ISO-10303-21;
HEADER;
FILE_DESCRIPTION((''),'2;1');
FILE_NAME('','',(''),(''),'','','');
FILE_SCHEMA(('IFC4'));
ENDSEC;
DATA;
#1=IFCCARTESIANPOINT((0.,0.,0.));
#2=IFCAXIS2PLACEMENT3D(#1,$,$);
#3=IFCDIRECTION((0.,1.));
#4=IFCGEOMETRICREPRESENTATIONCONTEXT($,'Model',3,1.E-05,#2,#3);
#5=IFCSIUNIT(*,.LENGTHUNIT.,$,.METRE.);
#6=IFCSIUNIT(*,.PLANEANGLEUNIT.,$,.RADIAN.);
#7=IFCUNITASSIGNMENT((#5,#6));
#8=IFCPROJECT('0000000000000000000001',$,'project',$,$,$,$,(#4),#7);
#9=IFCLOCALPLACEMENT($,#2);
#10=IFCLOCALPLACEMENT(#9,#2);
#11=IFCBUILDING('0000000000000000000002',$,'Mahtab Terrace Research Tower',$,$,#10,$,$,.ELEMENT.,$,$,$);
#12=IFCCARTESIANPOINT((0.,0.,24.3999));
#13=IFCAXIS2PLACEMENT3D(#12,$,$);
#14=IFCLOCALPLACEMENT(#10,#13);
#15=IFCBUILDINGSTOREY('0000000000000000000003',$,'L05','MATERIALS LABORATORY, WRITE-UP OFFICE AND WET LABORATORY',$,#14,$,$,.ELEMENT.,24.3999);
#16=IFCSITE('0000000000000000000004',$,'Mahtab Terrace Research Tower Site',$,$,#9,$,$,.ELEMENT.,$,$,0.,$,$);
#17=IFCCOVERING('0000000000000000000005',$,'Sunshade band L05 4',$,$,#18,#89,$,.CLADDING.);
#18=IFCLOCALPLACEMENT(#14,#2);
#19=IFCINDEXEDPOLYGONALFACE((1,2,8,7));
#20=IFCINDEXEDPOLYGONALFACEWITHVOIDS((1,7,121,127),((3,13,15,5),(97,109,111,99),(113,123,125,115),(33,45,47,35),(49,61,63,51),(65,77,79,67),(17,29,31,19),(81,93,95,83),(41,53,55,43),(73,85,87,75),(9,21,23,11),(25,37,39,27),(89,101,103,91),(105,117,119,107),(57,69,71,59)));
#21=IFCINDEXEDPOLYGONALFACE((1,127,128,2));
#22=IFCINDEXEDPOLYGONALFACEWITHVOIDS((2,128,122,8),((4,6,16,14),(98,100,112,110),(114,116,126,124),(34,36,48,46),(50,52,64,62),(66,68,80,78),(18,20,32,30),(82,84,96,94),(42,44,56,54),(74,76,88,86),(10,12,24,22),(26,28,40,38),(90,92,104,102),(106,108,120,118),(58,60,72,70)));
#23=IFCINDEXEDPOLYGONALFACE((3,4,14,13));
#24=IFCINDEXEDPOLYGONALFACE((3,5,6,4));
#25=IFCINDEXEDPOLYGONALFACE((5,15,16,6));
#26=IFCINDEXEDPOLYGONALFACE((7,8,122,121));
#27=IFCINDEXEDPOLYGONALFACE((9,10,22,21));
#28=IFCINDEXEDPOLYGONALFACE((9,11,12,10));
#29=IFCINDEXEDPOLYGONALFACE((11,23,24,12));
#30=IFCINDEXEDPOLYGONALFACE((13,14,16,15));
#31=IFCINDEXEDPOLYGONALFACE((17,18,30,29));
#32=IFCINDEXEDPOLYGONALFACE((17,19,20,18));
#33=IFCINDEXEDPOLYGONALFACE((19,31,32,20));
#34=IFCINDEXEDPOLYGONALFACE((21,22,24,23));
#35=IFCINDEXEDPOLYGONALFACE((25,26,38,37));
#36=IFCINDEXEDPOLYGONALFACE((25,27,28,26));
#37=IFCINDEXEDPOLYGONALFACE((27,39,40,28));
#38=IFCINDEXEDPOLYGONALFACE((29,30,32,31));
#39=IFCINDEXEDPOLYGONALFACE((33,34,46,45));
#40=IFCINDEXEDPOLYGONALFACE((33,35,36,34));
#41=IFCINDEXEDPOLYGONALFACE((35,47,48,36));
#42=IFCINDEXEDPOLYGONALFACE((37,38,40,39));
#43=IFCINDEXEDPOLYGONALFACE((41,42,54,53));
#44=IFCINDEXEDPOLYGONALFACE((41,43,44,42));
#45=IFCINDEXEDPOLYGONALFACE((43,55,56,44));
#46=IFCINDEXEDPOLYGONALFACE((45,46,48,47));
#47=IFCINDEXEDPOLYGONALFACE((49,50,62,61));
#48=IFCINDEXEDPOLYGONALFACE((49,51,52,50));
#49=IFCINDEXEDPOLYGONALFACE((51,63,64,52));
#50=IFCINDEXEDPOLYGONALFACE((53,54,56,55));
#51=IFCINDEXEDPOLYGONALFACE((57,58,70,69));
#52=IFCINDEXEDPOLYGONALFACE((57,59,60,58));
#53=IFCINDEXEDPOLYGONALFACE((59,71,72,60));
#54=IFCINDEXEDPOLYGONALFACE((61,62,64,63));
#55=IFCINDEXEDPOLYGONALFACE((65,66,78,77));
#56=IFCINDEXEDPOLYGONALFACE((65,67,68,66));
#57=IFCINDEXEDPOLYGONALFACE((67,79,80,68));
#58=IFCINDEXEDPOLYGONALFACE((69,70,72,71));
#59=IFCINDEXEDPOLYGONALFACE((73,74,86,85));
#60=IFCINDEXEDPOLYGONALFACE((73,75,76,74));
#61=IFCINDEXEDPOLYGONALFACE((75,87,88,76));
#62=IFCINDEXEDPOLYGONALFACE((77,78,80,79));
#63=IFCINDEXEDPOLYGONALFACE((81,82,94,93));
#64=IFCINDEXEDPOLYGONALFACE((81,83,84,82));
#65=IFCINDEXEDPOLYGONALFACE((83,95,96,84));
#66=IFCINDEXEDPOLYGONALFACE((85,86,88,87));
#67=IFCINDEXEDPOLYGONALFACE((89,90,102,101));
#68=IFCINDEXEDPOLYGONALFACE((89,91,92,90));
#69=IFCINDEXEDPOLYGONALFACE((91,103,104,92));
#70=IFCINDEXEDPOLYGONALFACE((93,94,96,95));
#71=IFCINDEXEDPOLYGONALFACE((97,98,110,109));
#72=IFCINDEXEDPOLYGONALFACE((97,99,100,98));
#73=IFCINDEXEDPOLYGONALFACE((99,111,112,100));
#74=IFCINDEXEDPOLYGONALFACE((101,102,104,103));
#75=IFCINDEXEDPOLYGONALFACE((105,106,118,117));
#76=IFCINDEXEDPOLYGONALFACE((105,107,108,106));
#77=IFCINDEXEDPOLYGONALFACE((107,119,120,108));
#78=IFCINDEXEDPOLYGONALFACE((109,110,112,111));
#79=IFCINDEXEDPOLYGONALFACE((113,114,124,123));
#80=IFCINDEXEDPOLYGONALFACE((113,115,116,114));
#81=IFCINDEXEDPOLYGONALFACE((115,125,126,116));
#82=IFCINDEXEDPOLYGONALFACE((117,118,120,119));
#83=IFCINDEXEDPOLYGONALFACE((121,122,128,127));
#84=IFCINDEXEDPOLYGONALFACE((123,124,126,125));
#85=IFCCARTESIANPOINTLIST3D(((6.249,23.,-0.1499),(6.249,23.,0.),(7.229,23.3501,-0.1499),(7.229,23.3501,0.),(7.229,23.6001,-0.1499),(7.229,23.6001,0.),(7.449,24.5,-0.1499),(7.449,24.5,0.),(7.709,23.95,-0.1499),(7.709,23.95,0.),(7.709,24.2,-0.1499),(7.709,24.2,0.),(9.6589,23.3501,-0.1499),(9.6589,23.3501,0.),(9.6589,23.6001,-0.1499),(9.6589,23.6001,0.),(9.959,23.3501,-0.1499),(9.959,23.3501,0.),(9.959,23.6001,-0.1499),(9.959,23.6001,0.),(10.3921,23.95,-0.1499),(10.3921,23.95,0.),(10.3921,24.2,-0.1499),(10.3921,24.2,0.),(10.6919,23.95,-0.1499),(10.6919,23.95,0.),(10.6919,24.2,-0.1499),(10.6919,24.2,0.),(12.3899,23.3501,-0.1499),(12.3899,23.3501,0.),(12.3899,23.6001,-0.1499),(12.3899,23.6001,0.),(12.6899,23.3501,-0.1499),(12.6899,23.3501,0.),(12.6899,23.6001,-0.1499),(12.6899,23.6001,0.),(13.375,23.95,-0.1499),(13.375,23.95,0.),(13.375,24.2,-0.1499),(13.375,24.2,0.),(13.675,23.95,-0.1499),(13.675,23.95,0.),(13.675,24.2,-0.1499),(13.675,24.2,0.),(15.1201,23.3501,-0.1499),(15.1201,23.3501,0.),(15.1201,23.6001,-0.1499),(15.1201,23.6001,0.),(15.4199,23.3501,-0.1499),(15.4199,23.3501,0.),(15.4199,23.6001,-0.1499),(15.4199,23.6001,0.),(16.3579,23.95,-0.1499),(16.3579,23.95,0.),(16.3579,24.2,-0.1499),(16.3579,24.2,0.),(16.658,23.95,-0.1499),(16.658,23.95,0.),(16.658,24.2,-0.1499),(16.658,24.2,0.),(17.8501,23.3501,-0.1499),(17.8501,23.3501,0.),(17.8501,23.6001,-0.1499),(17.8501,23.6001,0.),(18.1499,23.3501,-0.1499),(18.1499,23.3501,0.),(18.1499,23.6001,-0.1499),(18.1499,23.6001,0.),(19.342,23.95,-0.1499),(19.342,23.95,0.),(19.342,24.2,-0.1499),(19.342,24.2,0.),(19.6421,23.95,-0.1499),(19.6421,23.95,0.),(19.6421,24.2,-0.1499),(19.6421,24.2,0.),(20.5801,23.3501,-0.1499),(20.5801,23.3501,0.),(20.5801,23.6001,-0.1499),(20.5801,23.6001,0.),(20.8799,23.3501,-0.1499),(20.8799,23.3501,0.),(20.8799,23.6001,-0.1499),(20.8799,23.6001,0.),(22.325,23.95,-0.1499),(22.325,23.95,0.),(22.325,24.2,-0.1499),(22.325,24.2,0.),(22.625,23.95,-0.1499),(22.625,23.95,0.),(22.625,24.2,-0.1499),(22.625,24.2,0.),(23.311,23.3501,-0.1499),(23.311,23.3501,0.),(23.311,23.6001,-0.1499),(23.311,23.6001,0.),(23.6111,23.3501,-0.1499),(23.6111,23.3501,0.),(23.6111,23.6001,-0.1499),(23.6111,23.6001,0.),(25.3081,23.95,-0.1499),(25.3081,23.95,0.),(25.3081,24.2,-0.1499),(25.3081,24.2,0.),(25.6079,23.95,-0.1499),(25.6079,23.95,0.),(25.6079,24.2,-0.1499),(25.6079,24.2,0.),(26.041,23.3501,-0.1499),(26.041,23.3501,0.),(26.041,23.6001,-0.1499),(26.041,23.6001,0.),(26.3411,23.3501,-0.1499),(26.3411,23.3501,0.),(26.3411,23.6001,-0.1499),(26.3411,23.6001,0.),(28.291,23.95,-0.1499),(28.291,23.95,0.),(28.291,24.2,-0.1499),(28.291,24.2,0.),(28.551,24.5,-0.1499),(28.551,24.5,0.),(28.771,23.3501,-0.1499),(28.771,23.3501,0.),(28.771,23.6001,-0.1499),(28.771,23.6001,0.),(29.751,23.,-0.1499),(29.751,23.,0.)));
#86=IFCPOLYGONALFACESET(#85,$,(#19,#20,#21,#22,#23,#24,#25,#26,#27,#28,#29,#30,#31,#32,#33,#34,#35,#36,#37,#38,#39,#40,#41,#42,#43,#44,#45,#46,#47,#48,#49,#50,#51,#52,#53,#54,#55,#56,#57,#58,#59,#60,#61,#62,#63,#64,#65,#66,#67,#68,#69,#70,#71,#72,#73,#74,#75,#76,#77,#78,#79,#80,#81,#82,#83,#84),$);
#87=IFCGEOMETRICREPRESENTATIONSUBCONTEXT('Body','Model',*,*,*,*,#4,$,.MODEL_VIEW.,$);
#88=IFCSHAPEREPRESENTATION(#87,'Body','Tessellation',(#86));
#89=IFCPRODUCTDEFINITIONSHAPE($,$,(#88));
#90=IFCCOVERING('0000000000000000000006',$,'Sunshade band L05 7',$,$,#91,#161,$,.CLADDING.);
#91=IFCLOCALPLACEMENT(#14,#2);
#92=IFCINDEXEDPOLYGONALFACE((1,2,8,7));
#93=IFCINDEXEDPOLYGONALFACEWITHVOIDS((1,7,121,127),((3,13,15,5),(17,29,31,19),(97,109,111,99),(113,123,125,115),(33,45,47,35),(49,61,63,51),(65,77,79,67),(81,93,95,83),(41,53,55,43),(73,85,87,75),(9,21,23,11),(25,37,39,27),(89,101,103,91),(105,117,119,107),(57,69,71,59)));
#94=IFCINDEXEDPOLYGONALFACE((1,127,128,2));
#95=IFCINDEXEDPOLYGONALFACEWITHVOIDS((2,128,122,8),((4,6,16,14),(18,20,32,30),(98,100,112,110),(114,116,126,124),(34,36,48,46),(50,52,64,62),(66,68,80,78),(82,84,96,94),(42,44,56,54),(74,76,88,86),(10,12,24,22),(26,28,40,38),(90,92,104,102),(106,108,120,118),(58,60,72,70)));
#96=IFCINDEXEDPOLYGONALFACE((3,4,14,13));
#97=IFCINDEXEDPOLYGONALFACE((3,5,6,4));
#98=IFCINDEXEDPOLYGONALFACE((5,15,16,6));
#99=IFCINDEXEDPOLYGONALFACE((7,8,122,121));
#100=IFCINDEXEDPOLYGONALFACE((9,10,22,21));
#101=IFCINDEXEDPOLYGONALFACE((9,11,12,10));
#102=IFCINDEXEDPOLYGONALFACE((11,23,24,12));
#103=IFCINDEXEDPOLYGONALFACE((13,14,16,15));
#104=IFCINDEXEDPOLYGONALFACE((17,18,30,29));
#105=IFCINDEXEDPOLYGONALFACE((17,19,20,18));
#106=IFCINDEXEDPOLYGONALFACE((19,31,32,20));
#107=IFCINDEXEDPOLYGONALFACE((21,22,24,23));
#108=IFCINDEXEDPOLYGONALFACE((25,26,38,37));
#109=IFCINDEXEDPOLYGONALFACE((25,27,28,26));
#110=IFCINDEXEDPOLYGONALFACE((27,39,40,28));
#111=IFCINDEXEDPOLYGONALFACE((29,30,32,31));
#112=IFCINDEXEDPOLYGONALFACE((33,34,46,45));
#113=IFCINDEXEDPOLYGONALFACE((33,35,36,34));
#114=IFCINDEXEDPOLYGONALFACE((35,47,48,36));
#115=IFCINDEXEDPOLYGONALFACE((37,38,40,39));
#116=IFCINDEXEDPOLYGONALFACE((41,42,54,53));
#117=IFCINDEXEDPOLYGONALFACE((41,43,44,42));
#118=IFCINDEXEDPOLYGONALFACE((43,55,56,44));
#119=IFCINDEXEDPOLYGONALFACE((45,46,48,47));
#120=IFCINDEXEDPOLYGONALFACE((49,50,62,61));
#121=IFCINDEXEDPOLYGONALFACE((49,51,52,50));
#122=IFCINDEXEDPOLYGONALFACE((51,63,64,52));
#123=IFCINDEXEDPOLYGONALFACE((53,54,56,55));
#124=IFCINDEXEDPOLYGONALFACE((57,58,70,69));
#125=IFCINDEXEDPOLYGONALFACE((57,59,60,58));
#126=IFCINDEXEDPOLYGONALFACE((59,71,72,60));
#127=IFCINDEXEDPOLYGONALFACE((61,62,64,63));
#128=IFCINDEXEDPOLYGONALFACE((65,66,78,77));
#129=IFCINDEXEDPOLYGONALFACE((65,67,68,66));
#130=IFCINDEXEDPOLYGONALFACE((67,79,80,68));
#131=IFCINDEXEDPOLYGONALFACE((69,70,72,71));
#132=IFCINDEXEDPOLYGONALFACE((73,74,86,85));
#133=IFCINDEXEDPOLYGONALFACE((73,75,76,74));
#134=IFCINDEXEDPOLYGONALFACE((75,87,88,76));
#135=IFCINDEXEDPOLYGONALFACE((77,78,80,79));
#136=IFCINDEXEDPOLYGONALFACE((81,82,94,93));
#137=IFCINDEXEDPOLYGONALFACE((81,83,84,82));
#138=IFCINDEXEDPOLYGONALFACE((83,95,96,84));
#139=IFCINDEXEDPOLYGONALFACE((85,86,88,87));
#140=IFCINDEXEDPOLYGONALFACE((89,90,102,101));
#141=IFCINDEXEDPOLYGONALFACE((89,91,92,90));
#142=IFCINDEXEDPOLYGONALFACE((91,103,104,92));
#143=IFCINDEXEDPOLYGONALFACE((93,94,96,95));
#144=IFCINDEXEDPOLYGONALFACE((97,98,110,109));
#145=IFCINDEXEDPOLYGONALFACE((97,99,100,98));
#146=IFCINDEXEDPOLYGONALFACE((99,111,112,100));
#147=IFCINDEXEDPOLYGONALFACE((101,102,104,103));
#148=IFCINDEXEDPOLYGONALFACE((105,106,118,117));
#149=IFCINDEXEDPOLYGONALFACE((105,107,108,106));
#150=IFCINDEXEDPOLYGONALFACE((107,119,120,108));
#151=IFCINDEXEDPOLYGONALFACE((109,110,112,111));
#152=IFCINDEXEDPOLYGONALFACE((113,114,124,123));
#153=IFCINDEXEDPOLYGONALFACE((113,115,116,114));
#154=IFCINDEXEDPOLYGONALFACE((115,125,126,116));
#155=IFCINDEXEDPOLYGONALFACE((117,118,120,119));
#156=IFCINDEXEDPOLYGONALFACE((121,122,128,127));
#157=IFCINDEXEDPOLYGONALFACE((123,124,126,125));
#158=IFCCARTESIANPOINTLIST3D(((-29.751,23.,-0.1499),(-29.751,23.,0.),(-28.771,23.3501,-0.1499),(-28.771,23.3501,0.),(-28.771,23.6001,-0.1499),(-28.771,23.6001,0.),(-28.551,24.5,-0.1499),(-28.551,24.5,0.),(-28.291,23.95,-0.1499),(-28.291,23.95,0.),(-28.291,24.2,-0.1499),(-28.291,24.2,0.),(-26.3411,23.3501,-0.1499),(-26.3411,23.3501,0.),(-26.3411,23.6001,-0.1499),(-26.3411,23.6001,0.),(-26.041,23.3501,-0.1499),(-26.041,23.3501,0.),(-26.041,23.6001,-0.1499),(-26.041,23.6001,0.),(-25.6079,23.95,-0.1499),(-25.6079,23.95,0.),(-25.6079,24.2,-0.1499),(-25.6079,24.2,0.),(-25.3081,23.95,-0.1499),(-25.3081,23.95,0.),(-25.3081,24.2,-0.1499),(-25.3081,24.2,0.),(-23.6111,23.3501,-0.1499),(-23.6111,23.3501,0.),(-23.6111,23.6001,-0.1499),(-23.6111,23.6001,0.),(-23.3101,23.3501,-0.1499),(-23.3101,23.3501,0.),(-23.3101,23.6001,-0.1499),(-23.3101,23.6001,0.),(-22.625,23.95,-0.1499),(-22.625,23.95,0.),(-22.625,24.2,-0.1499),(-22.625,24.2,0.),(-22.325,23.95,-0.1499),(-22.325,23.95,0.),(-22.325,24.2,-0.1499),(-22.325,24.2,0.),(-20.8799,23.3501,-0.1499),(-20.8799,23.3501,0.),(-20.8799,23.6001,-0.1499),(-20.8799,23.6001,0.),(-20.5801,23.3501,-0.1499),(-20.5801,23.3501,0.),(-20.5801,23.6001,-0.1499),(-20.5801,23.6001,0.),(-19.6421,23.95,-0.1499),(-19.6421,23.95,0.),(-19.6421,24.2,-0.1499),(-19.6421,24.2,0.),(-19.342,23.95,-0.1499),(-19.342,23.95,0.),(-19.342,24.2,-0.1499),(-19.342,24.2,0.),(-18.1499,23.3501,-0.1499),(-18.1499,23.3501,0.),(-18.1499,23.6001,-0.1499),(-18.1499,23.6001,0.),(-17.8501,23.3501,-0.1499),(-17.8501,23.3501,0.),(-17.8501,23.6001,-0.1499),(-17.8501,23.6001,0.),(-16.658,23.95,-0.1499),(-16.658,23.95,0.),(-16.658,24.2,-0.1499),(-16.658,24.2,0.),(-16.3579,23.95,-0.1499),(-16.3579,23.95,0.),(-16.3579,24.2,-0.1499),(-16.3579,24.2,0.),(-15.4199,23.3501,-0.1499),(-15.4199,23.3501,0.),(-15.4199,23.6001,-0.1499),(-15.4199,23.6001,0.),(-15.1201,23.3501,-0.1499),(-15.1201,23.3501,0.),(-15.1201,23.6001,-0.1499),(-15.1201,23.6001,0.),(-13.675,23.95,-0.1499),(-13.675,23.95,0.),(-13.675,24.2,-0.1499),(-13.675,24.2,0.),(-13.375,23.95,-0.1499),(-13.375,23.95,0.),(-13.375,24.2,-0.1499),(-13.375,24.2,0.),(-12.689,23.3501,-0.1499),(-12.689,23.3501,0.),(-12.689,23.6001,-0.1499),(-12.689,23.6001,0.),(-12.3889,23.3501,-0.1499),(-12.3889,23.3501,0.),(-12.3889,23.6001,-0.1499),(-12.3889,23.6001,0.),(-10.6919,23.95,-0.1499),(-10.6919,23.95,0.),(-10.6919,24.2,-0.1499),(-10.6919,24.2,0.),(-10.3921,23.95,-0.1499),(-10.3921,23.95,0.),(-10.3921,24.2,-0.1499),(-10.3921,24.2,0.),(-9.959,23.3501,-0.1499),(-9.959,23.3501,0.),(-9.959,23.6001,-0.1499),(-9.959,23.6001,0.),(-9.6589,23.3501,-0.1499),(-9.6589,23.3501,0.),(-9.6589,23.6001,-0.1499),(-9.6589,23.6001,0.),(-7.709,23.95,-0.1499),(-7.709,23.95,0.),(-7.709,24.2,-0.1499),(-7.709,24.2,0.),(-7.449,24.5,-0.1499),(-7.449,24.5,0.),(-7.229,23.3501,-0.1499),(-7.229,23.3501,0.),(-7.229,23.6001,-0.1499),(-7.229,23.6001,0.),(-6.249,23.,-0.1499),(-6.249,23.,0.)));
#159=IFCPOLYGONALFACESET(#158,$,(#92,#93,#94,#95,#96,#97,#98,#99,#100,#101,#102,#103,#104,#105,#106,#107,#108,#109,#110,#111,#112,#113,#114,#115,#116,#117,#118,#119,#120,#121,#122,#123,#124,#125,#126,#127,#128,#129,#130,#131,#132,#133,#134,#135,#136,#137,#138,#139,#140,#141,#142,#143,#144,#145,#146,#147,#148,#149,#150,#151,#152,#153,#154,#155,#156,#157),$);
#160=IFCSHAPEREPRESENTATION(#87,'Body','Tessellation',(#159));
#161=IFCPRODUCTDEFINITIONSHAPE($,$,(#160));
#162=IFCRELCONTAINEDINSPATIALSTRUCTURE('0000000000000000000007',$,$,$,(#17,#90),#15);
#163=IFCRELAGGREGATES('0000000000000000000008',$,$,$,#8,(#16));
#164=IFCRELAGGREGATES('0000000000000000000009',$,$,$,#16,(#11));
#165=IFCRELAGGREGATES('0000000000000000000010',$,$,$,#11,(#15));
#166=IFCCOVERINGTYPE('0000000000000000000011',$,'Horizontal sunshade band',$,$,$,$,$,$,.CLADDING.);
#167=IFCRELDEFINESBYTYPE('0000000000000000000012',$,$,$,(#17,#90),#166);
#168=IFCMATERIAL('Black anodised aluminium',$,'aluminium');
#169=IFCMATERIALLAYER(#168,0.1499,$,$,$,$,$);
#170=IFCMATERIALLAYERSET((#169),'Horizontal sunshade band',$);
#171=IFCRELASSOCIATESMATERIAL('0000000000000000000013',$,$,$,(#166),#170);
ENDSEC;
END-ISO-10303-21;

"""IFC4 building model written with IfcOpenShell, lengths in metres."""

from ifc_helpers import new_model, si_unit, direction, frame, origin, place, context, subcontext, project, spatial, polyline, outline, extrude, material, layer, layer_set, type_object, element, save


model = new_model("IFC4")

# Units and contexts
model_context = context("Model", 3, precision=1e-05, world=origin(), true_north=direction((0.0, 1.0)))
body_context = subcontext(model_context, "Body", "Model", "MODEL_VIEW")
ifc_project = project(units=[si_unit("LENGTHUNIT", "METRE"), si_unit("PLANEANGLEUNIT", "RADIAN")], contexts=[model_context])

# Site, building, storey
site_placement = place(None, origin())
site = spatial("IfcSite", under=ifc_project, at=site_placement, Name="Mahtab Terrace Research Tower Site", CompositionType="ELEMENT", RefElevation=0.0)
building_placement = place(site_placement, origin())
building = spatial("IfcBuilding", under=site, at=building_placement, Name="Mahtab Terrace Research Tower", CompositionType="ELEMENT")
storey_placement = place(building_placement, frame((0.0, 0.0, 24.3999)))
storey = spatial("IfcBuildingStorey", under=building, at=storey_placement, Name="L05", Description="MATERIALS LABORATORY, WRITE-UP OFFICE AND WET LABORATORY", CompositionType="ELEMENT", Elevation=24.3999)

# Coverings
ifc_material_1 = material(Name="Black anodised aluminium", Category="aluminium")
ifc_layer_1 = layer(ifc_material_1, 0.1499)
ifc_layer_set_1 = layer_set([ifc_layer_1], Name="Horizontal sunshade band")
covering_type = type_object("IfcCoveringType", Name="Horizontal sunshade band", PredefinedType="CLADDING", material=ifc_layer_set_1)
covering_1_placement = place(storey_placement, frame((0.0, 0.0, -0.1499)))
element("IfcCovering", 1, at=covering_1_placement, inside=storey, type_object=covering_type, Name="Sunshade band L05 4", PredefinedType="CLADDING", context=body_context, shape_type="SweptSolid", body=[
    extrude(outline(polyline([(29.751, 23.0), (6.249, 23.0), (7.449, 24.5), (28.551, 24.5), (29.751, 23.0)]), holes=[polyline([(28.771, 23.3501), (26.3411, 23.3501), (26.3411, 23.6001), (28.771, 23.6001), (28.771, 23.3501)]), polyline([(26.041, 23.3501), (23.6111, 23.3501), (23.6111, 23.6001), (26.041, 23.6001), (26.041, 23.3501)]), polyline([(23.311, 23.3501), (20.8799, 23.3501), (20.8799, 23.6001), (23.311, 23.6001), (23.311, 23.3501)]), polyline([(20.5801, 23.3501), (18.1499, 23.3501), (18.1499, 23.6001), (20.5801, 23.6001), (20.5801, 23.3501)]), polyline([(17.8501, 23.3501), (15.4199, 23.3501), (15.4199, 23.6001), (17.8501, 23.6001), (17.8501, 23.3501)]), polyline([(15.1201, 23.3501), (12.6899, 23.3501), (12.6899, 23.6001), (15.1201, 23.6001), (15.1201, 23.3501)]), polyline([(12.3899, 23.3501), (9.959, 23.3501), (9.959, 23.6001), (12.3899, 23.6001), (12.3899, 23.3501)]), polyline([(9.6589, 23.3501), (7.229, 23.3501), (7.229, 23.6001), (9.6589, 23.6001), (9.6589, 23.3501)]), polyline([(28.291, 23.95), (25.6079, 23.95), (25.6079, 24.2), (28.291, 24.2), (28.291, 23.95)]), polyline([(25.3081, 23.95), (22.625, 23.95), (22.625, 24.2), (25.3081, 24.2), (25.3081, 23.95)]), polyline([(22.325, 23.95), (19.6421, 23.95), (19.6421, 24.2), (22.325, 24.2), (22.325, 23.95)]), polyline([(19.342, 23.95), (16.658, 23.95), (16.658, 24.2), (19.342, 24.2), (19.342, 23.95)]), polyline([(16.3579, 23.95), (13.675, 23.95), (13.675, 24.2), (16.3579, 24.2), (16.3579, 23.95)]), polyline([(13.375, 23.95), (10.6919, 23.95), (10.6919, 24.2), (13.375, 24.2), (13.375, 23.95)]), polyline([(10.3921, 23.95), (7.709, 23.95), (7.709, 24.2), (10.3921, 24.2), (10.3921, 23.95)])]), origin(), (0.0, 0.0, 1.0), 0.1499),
])
covering_2_placement = place(storey_placement, frame((0.0, 0.0, -0.1499)))
element("IfcCovering", 2, at=covering_2_placement, inside=storey, type_object=covering_type, Name="Sunshade band L05 7", PredefinedType="CLADDING", context=body_context, shape_type="SweptSolid", body=[
    extrude(outline(polyline([(-6.249, 23.0), (-29.751, 23.0), (-28.551, 24.5), (-7.449, 24.5), (-6.249, 23.0)]), holes=[polyline([(-7.229, 23.3501), (-9.6589, 23.3501), (-9.6589, 23.6001), (-7.229, 23.6001), (-7.229, 23.3501)]), polyline([(-9.959, 23.3501), (-12.3889, 23.3501), (-12.3889, 23.6001), (-9.959, 23.6001), (-9.959, 23.3501)]), polyline([(-12.689, 23.3501), (-15.1201, 23.3501), (-15.1201, 23.6001), (-12.689, 23.6001), (-12.689, 23.3501)]), polyline([(-15.4199, 23.3501), (-17.8501, 23.3501), (-17.8501, 23.6001), (-15.4199, 23.6001), (-15.4199, 23.3501)]), polyline([(-18.1499, 23.3501), (-20.5801, 23.3501), (-20.5801, 23.6001), (-18.1499, 23.6001), (-18.1499, 23.3501)]), polyline([(-20.8799, 23.3501), (-23.3101, 23.3501), (-23.3101, 23.6001), (-20.8799, 23.6001), (-20.8799, 23.3501)]), polyline([(-23.6111, 23.3501), (-26.041, 23.3501), (-26.041, 23.6001), (-23.6111, 23.6001), (-23.6111, 23.3501)]), polyline([(-26.3411, 23.3501), (-28.771, 23.3501), (-28.771, 23.6001), (-26.3411, 23.6001), (-26.3411, 23.3501)]), polyline([(-7.709, 23.95), (-10.3921, 23.95), (-10.3921, 24.2), (-7.709, 24.2), (-7.709, 23.95)]), polyline([(-10.6919, 23.95), (-13.375, 23.95), (-13.375, 24.2), (-10.6919, 24.2), (-10.6919, 23.95)]), polyline([(-13.675, 23.95), (-16.3579, 23.95), (-16.3579, 24.2), (-13.675, 24.2), (-13.675, 23.95)]), polyline([(-16.658, 23.95), (-19.342, 23.95), (-19.342, 24.2), (-16.658, 24.2), (-16.658, 23.95)]), polyline([(-19.6421, 23.95), (-22.325, 23.95), (-22.325, 24.2), (-19.6421, 24.2), (-19.6421, 23.95)]), polyline([(-22.625, 23.95), (-25.3081, 23.95), (-25.3081, 24.2), (-22.625, 24.2), (-22.625, 23.95)]), polyline([(-25.6079, 23.95), (-28.291, 23.95), (-28.291, 24.2), (-25.6079, 24.2), (-25.6079, 23.95)])]), origin(), (0.0, 0.0, 1.0), 0.1499),
])

save(model, "model.ifc")
